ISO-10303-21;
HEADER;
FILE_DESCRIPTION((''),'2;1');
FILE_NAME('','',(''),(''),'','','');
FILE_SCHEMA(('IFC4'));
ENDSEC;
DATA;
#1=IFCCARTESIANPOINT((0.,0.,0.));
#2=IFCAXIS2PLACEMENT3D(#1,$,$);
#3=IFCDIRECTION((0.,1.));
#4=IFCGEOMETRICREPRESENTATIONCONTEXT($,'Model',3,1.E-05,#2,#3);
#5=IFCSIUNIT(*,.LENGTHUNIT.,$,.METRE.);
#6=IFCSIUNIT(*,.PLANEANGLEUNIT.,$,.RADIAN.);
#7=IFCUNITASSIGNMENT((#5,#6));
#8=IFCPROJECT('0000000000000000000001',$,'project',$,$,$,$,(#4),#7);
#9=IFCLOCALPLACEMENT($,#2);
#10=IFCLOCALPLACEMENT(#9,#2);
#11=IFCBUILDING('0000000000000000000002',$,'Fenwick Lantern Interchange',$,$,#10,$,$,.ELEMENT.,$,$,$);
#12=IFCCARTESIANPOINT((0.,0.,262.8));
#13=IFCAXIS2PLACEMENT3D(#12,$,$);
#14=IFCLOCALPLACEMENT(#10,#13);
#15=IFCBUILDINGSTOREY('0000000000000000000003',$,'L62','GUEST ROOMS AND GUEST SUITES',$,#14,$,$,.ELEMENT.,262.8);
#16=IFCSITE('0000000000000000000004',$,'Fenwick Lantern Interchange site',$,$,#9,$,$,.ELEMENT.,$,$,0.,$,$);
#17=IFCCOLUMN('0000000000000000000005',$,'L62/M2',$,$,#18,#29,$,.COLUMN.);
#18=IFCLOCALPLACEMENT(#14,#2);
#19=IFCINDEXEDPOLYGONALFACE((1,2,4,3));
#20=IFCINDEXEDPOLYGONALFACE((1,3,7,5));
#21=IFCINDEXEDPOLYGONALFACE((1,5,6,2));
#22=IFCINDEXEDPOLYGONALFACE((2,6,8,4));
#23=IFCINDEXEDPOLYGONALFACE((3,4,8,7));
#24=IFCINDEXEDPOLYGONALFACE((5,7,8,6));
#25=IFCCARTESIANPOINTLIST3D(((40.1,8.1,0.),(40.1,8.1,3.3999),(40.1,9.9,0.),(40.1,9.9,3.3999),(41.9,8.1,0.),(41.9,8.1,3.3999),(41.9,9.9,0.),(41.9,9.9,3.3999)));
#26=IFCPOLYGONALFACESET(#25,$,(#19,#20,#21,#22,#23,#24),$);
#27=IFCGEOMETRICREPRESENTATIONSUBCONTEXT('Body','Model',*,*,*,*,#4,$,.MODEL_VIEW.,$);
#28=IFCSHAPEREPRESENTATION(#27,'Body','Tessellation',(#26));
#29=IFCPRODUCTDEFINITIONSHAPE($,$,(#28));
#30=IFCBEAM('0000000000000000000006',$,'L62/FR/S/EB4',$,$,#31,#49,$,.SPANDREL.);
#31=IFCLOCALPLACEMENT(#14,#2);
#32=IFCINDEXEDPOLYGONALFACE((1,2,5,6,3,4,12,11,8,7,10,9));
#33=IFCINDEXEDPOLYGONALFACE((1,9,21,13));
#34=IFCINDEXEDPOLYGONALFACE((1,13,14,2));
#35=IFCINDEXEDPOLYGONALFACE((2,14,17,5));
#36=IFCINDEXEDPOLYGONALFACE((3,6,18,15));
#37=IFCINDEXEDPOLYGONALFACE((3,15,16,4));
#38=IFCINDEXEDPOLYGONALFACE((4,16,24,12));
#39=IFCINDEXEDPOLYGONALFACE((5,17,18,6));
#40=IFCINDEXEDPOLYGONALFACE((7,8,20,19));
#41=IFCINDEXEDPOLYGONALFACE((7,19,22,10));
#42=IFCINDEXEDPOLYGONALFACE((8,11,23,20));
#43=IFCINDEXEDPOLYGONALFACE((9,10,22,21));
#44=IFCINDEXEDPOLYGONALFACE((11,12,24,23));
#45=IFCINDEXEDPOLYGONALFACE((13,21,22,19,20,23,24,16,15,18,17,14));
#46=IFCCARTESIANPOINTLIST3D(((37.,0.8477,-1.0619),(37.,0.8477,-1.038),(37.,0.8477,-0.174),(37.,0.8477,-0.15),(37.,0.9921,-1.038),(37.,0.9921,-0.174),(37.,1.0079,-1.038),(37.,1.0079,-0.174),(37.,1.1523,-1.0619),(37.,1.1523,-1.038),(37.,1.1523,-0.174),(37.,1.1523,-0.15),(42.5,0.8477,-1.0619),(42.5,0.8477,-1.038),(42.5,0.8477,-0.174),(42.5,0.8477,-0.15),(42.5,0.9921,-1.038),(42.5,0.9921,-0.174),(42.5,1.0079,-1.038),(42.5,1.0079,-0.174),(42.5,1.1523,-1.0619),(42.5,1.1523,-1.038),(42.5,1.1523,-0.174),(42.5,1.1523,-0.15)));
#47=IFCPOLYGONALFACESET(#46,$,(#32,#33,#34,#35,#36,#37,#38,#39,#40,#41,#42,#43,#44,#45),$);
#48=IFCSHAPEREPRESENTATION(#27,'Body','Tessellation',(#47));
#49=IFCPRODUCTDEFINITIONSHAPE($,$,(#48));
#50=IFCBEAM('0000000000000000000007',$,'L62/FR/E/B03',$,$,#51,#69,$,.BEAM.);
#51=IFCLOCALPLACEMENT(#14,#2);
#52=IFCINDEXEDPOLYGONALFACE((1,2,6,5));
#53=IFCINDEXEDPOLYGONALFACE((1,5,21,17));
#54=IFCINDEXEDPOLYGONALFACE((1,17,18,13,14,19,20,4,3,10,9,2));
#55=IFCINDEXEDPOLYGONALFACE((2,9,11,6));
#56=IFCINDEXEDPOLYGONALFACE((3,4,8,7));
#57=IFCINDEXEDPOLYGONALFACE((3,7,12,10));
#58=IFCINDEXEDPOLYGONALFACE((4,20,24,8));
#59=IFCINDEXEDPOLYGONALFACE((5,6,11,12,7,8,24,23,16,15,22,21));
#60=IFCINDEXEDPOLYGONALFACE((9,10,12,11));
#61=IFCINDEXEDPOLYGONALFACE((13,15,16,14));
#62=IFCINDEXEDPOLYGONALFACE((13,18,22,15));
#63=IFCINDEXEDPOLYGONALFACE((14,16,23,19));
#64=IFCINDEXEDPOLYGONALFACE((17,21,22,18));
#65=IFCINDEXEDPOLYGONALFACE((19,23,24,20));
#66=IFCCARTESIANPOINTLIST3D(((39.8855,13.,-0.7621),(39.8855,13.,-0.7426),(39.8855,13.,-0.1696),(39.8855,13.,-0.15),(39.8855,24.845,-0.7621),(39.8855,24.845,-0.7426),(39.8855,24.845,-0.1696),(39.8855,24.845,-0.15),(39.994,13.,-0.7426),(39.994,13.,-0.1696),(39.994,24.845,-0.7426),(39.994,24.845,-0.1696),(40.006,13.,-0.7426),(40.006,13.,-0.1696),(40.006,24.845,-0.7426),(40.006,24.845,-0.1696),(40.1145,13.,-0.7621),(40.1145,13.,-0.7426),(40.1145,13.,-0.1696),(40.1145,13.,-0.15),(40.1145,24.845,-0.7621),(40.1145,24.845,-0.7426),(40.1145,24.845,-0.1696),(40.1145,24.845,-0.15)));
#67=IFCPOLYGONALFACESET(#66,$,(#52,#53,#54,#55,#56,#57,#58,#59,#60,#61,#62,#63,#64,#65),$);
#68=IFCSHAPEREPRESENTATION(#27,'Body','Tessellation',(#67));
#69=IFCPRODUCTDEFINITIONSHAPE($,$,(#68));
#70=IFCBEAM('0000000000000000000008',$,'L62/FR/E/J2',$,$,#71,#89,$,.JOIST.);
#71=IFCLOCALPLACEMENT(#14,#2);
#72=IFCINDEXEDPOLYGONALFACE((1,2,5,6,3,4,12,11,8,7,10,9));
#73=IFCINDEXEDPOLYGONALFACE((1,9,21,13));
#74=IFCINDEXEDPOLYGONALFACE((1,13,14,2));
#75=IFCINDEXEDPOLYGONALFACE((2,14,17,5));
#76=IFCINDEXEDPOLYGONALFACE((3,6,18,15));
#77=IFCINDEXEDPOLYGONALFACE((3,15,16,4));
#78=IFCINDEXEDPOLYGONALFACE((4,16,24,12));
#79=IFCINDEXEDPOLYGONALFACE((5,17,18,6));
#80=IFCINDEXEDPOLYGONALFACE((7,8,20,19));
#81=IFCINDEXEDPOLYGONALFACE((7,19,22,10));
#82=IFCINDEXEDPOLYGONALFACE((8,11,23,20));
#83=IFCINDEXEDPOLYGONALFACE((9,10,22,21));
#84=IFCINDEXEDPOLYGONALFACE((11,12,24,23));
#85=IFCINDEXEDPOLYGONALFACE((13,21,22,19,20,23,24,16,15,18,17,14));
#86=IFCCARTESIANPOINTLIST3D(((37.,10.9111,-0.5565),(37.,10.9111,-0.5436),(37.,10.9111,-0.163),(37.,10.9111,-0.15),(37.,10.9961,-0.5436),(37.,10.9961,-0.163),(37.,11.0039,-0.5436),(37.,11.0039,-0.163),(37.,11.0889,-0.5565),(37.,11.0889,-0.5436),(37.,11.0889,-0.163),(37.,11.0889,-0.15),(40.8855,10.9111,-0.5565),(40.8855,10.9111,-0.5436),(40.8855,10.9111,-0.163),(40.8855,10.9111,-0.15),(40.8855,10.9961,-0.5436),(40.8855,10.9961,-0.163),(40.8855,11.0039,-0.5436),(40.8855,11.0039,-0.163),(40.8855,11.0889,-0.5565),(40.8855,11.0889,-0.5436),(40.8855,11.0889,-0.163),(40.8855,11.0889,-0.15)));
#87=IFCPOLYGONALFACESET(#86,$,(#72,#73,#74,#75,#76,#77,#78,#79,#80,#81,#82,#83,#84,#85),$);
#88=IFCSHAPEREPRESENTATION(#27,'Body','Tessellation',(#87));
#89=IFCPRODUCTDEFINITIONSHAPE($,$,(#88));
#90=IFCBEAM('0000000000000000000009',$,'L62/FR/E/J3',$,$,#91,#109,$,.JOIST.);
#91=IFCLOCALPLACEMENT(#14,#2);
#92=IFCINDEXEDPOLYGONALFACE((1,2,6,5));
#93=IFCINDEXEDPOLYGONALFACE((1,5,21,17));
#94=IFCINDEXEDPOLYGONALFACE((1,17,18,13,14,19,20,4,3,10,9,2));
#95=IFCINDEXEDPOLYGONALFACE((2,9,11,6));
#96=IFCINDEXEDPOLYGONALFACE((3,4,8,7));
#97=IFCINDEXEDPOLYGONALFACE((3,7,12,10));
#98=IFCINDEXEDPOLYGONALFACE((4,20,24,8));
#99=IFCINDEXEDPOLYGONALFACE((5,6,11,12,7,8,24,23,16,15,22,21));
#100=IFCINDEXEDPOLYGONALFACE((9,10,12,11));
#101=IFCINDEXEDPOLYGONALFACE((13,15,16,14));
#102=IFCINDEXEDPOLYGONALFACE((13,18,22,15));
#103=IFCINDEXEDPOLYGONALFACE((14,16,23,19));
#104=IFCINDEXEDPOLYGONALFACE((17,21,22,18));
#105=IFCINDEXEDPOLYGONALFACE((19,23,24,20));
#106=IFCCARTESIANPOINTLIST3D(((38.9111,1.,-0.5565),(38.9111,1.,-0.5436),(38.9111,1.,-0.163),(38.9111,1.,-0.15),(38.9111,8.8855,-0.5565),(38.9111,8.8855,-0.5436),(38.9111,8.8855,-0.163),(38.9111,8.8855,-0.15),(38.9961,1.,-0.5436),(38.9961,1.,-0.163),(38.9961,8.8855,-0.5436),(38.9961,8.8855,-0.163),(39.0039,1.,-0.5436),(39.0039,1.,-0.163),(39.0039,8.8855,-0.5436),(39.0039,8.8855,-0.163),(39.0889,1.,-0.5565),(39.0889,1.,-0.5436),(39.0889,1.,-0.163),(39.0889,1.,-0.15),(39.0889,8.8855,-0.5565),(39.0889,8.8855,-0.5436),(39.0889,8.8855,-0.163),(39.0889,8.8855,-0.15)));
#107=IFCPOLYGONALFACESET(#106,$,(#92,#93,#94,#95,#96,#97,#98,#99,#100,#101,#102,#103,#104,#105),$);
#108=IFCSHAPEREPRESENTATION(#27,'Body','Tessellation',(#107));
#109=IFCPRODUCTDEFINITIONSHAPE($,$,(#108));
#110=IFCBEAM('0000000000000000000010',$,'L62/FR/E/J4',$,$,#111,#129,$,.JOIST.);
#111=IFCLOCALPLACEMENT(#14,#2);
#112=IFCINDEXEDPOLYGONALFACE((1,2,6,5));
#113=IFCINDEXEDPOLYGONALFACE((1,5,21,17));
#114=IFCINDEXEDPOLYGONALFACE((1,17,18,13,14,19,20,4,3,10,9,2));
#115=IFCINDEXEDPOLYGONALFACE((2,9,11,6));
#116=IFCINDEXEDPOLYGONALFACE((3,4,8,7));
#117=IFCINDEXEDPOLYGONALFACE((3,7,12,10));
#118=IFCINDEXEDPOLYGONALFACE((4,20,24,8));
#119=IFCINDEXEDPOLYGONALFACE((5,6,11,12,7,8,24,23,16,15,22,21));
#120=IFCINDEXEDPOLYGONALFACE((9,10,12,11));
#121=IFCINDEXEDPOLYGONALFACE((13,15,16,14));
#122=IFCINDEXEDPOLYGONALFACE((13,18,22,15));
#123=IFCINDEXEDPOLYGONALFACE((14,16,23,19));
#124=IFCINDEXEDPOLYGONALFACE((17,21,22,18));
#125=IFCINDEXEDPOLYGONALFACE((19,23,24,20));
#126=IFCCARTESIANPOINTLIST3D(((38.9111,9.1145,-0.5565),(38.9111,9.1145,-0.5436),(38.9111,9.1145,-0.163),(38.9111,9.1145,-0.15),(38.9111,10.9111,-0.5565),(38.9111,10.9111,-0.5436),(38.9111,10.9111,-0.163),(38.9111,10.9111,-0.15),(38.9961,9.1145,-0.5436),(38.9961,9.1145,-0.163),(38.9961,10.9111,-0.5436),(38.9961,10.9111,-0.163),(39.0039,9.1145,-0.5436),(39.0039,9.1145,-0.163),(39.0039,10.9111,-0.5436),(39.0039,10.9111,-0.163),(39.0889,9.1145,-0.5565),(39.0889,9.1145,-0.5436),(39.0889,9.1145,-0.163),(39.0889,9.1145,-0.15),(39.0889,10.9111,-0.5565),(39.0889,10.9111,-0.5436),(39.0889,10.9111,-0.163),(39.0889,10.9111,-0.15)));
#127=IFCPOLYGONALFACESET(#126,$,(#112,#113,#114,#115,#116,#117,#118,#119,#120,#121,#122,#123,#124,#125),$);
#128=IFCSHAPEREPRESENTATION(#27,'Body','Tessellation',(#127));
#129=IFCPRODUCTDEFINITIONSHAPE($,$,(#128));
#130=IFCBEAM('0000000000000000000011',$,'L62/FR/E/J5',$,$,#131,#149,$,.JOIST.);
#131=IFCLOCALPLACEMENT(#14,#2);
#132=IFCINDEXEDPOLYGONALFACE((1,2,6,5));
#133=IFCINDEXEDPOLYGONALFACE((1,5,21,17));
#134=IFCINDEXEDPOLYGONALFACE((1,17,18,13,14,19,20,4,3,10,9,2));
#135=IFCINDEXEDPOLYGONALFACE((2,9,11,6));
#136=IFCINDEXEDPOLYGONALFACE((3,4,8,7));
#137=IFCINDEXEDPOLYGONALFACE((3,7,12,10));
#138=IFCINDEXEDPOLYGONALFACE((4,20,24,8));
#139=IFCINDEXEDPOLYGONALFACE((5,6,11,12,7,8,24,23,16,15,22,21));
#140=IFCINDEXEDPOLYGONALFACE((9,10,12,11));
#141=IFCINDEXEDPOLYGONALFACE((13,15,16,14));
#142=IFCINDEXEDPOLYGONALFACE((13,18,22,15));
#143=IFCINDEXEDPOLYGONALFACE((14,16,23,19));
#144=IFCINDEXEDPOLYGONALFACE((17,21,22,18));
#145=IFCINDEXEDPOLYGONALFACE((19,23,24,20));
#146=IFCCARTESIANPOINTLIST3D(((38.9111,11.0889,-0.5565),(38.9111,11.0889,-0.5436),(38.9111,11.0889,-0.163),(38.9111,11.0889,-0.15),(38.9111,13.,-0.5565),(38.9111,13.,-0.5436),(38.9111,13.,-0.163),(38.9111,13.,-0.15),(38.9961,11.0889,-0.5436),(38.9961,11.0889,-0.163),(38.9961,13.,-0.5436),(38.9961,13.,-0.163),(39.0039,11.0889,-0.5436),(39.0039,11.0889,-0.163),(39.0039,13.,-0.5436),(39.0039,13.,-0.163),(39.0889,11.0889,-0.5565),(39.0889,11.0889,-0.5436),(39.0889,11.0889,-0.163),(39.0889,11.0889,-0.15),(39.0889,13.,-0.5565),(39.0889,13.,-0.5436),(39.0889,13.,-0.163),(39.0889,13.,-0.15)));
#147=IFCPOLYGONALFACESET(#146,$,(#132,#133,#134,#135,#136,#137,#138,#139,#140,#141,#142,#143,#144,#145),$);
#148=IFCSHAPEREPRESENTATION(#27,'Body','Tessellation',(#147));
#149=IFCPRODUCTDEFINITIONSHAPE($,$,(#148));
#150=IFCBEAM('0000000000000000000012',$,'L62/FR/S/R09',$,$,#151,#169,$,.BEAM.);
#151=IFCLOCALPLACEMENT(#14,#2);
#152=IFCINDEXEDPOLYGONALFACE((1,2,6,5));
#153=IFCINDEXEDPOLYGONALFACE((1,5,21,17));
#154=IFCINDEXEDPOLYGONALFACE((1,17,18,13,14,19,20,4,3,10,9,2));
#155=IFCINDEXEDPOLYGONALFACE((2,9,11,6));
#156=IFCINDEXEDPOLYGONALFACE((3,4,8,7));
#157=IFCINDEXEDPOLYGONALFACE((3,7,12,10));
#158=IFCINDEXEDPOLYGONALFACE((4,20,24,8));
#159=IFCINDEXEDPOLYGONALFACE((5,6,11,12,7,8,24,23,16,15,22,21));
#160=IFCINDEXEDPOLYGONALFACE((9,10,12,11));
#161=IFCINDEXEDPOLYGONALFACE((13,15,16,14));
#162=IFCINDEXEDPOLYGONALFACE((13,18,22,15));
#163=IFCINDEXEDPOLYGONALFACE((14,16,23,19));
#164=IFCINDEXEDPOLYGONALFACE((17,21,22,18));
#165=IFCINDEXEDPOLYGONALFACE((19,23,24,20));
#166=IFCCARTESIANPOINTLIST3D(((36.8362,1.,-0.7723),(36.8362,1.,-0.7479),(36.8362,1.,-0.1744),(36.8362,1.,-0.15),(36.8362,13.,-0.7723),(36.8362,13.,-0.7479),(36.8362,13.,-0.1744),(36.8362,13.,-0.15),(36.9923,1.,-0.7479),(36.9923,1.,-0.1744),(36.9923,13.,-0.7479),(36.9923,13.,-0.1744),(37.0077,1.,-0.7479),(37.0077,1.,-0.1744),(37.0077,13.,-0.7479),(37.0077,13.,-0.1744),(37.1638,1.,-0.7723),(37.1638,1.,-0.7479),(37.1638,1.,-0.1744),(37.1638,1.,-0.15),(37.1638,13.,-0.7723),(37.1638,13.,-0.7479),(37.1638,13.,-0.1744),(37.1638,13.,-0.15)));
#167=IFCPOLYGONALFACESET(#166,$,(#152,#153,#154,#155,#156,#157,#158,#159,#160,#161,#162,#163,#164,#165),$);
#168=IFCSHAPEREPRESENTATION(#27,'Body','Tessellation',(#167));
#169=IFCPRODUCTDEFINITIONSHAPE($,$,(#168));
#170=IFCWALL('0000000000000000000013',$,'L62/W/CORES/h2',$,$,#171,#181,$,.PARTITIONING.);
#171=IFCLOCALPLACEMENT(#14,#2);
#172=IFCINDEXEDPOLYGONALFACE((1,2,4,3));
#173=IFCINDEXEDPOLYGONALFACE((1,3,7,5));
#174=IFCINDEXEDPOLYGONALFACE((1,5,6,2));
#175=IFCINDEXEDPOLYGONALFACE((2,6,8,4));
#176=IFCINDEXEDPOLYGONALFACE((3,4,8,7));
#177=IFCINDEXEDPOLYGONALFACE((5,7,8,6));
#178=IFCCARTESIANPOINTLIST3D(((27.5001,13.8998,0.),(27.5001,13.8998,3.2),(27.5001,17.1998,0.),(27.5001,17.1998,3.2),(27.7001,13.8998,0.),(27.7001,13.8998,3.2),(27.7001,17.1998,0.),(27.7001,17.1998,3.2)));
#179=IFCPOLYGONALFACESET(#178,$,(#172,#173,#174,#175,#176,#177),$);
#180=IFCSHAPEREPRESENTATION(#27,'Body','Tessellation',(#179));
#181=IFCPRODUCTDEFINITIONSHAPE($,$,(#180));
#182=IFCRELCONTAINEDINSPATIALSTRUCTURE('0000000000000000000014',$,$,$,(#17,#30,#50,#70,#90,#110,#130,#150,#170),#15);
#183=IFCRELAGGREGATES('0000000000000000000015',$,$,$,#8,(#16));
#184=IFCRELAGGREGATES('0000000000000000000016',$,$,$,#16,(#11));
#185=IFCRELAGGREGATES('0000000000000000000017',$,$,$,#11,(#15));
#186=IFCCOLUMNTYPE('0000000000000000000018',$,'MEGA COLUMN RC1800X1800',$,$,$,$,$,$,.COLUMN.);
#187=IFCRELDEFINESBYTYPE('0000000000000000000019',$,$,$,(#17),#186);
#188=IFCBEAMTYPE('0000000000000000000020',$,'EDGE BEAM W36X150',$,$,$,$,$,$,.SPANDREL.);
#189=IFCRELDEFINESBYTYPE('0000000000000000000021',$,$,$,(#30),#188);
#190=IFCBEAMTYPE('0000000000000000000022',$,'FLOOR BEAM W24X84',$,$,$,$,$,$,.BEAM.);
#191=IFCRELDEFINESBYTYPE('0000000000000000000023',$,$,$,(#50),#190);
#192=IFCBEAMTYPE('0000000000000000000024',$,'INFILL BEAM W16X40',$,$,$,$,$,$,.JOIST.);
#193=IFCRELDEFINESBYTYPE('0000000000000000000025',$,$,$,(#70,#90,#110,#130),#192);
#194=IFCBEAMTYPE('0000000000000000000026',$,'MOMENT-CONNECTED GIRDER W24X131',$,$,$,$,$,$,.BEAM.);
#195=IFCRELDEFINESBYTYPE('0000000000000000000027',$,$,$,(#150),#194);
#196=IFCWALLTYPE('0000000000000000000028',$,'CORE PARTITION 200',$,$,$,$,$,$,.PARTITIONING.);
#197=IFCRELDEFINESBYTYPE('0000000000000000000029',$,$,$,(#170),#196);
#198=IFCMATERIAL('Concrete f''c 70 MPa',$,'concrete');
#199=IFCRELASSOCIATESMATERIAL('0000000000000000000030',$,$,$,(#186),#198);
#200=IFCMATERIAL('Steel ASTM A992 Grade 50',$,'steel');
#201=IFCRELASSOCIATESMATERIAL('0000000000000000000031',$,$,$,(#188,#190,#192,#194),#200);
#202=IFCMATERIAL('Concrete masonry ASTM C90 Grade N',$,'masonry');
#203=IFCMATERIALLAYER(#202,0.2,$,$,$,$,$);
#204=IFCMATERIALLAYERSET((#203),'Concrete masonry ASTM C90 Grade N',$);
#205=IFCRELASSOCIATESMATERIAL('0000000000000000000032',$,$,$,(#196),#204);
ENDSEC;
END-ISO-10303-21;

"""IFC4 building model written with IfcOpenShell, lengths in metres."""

from ifc_helpers import new_model, si_unit, direction, frame, frame_2d, origin, origin_2d, place, context, subcontext, project, spatial, rectangle, i_section, extrude, material, layer, layer_set, material_profile, profile_set, type_object, element, save


model = new_model("IFC4")

# Units and contexts
model_context = context("Model", 3, precision=1e-05, world=origin(), true_north=direction((0.0, 1.0)))
body_context = subcontext(model_context, "Body", "Model", "MODEL_VIEW")
ifc_project = project(units=[si_unit("LENGTHUNIT", "METRE"), si_unit("PLANEANGLEUNIT", "RADIAN")], contexts=[model_context])

# Site, building, storey
site_placement = place(None, origin())
site = spatial("IfcSite", under=ifc_project, at=site_placement, Name="Fenwick Lantern Interchange site", CompositionType="ELEMENT", RefElevation=0.0)
building_placement = place(site_placement, origin())
building = spatial("IfcBuilding", under=site, at=building_placement, Name="Fenwick Lantern Interchange", CompositionType="ELEMENT")
storey_placement = place(building_placement, frame((0.0, 0.0, 262.8)))
storey = spatial("IfcBuildingStorey", under=building, at=storey_placement, Name="L62", Description="GUEST ROOMS AND GUEST SUITES", CompositionType="ELEMENT", Elevation=262.8)

# Column
ifc_material_1 = material(Name="Concrete f'c 70 MPa", Category="concrete")
ifc_material_profile_1 = material_profile(ifc_material_1, rectangle(XDim=1.8, YDim=1.8, at=origin_2d()), Name="RC1800X1800")
ifc_profile_set_1 = profile_set([ifc_material_profile_1], Name="Concrete f'c 70 MPa")
column_type = type_object("IfcColumnType", Name="MEGA COLUMN RC1800X1800", PredefinedType="COLUMN", material=ifc_profile_set_1)
column_placement = place(storey_placement, frame((41.0, 9.0, 0.0), z_axis=(0.0, 0.0, 1.0), x_axis=(1.0, 0.0, 0.0)))
element("IfcColumn", 1, at=column_placement, inside=storey, type_object=column_type, Name="L62/M2", PredefinedType="COLUMN", context=body_context, shape_type="SweptSolid", body=[
    extrude(rectangle(XDim=1.8, YDim=1.8, at=origin_2d()), origin(), (0.0, 0.0, 1.0), 3.3999),
])

# Beams
ifc_material_2 = material(Name="Steel ASTM A992 Grade 50", Category="steel")
ifc_material_profile_2 = material_profile(ifc_material_2, i_section(OverallWidth=0.3047, OverallDepth=0.9119, WebThickness=0.0159, FlangeThickness=0.0239, at=origin_2d()), Name="W36X150")
ifc_profile_set_2 = profile_set([ifc_material_profile_2], Name="Steel ASTM A992 Grade 50")
beam_type_1 = type_object("IfcBeamType", Name="EDGE BEAM W36X150", PredefinedType="SPANDREL", material=ifc_profile_set_2)
beam_1_placement = place(storey_placement, frame((37.0, 1.0, -0.606), z_axis=(1.0, 0.0, 0.0), x_axis=(0.0, 1.0, 0.0)))
element("IfcBeam", 2, at=beam_1_placement, inside=storey, type_object=beam_type_1, Name="L62/FR/S/EB4", PredefinedType="SPANDREL", context=body_context, shape_type="SweptSolid", body=[
    extrude(i_section(OverallWidth=0.3047, OverallDepth=0.9119, WebThickness=0.0159, FlangeThickness=0.0239, at=origin_2d()), origin(), (0.0, 0.0, 1.0), 5.5),
])
ifc_material_profile_3 = material_profile(ifc_material_2, i_section(OverallWidth=0.229, OverallDepth=0.6121, WebThickness=0.012, FlangeThickness=0.0195, at=origin_2d()), Name="W24X84")
ifc_profile_set_3 = profile_set([ifc_material_profile_3], Name="Steel ASTM A992 Grade 50")
beam_type_2 = type_object("IfcBeamType", Name="FLOOR BEAM W24X84", PredefinedType="BEAM", material=ifc_profile_set_3)
beam_2_placement = place(storey_placement, frame((40.0, 13.0, -0.4561), z_axis=(0.0, 1.0, 0.0), x_axis=(-1.0, 0.0, 0.0)))
element("IfcBeam", 3, at=beam_2_placement, inside=storey, type_object=beam_type_2, Name="L62/FR/E/B03", PredefinedType="BEAM", context=body_context, shape_type="SweptSolid", body=[
    extrude(i_section(OverallWidth=0.229, OverallDepth=0.6121, WebThickness=0.012, FlangeThickness=0.0195, at=origin_2d()), origin(), (0.0, 0.0, 1.0), 11.845),
])
ifc_material_profile_4 = material_profile(ifc_material_2, i_section(OverallWidth=0.1777, OverallDepth=0.4065, WebThickness=0.0078, FlangeThickness=0.0129, at=origin_2d()), Name="W16X40")
ifc_profile_set_4 = profile_set([ifc_material_profile_4], Name="Steel ASTM A992 Grade 50")
beam_type_3 = type_object("IfcBeamType", Name="INFILL BEAM W16X40", PredefinedType="JOIST", material=ifc_profile_set_4)
beam_3_placement = place(storey_placement, frame((40.8855, 11.0, -0.3533), z_axis=(-1.0, 0.0, 0.0), x_axis=(0.0, -1.0, 0.0)))
element("IfcBeam", 4, at=beam_3_placement, inside=storey, type_object=beam_type_3, Name="L62/FR/E/J2", PredefinedType="JOIST", context=body_context, shape_type="SweptSolid", body=[
    extrude(i_section(OverallWidth=0.1777, OverallDepth=0.4065, WebThickness=0.0078, FlangeThickness=0.0129, at=origin_2d()), origin(), (0.0, 0.0, 1.0), 3.8855),
])
beam_4_placement = place(storey_placement, frame((39.0, 1.0, -0.3533), z_axis=(0.0, 1.0, 0.0), x_axis=(-1.0, 0.0, 0.0)))
element("IfcBeam", 5, at=beam_4_placement, inside=storey, type_object=beam_type_3, Name="L62/FR/E/J3", PredefinedType="JOIST", context=body_context, shape_type="SweptSolid", body=[
    extrude(i_section(OverallWidth=0.1777, OverallDepth=0.4065, WebThickness=0.0078, FlangeThickness=0.0129, at=origin_2d()), origin(), (0.0, 0.0, 1.0), 7.8855),
])
beam_5_placement = place(storey_placement, frame((39.0, 9.1145, -0.3533), z_axis=(0.0, 1.0, 0.0), x_axis=(-1.0, 0.0, 0.0)))
element("IfcBeam", 6, at=beam_5_placement, inside=storey, type_object=beam_type_3, Name="L62/FR/E/J4", PredefinedType="JOIST", context=body_context, shape_type="SweptSolid", body=[
    extrude(i_section(OverallWidth=0.1777, OverallDepth=0.4065, WebThickness=0.0078, FlangeThickness=0.0129, at=origin_2d()), origin(), (0.0, 0.0, 1.0), 1.7966),
])
beam_6_placement = place(storey_placement, frame((39.0, 11.0889, -0.3533), z_axis=(0.0, 1.0, 0.0), x_axis=(-1.0, 0.0, 0.0)))
element("IfcBeam", 7, at=beam_6_placement, inside=storey, type_object=beam_type_3, Name="L62/FR/E/J5", PredefinedType="JOIST", context=body_context, shape_type="SweptSolid", body=[
    extrude(i_section(OverallWidth=0.1777, OverallDepth=0.4065, WebThickness=0.0078, FlangeThickness=0.0129, at=origin_2d()), origin(), (0.0, 0.0, 1.0), 1.9111),
])
ifc_material_profile_5 = material_profile(ifc_material_2, i_section(OverallWidth=0.3276, OverallDepth=0.6223, WebThickness=0.0154, FlangeThickness=0.0244, at=origin_2d()), Name="W24X131")
ifc_profile_set_5 = profile_set([ifc_material_profile_5], Name="Steel ASTM A992 Grade 50")
beam_type_4 = type_object("IfcBeamType", Name="MOMENT-CONNECTED GIRDER W24X131", PredefinedType="BEAM", material=ifc_profile_set_5)
beam_7_placement = place(storey_placement, frame((37.0, 1.0, -0.4612), z_axis=(0.0, 1.0, 0.0), x_axis=(-1.0, 0.0, 0.0)))
element("IfcBeam", 8, at=beam_7_placement, inside=storey, type_object=beam_type_4, Name="L62/FR/S/R09", PredefinedType="BEAM", context=body_context, shape_type="SweptSolid", body=[
    extrude(i_section(OverallWidth=0.3276, OverallDepth=0.6223, WebThickness=0.0154, FlangeThickness=0.0244, at=origin_2d()), origin(), (0.0, 0.0, 1.0), 12.0),
])

# Wall
ifc_material_3 = material(Name="Concrete masonry ASTM C90 Grade N", Category="masonry")
ifc_layer_1 = layer(ifc_material_3, 0.2)
ifc_layer_set_1 = layer_set([ifc_layer_1], Name="Concrete masonry ASTM C90 Grade N")
wall_type_1 = type_object("IfcWallType", Name="CORE PARTITION 200", PredefinedType="PARTITIONING", material=ifc_layer_set_1)
wall_1_placement = place(storey_placement, frame((27.6001, 13.8999, 0.0), z_axis=(0.0, 0.0, 1.0), x_axis=(0.0, 1.0, 0.0)))
element("IfcWall", 9, at=wall_1_placement, inside=storey, type_object=wall_type_1, Name="L62/W/CORES/h2", PredefinedType="PARTITIONING", context=body_context, shape_type="SweptSolid", body=[
    extrude(rectangle(XDim=3.3, YDim=0.2, at=frame_2d((1.6499, 0.0))), origin(), (0.0, 0.0, 1.0), 3.2),
])

save(model, "model.ifc")
